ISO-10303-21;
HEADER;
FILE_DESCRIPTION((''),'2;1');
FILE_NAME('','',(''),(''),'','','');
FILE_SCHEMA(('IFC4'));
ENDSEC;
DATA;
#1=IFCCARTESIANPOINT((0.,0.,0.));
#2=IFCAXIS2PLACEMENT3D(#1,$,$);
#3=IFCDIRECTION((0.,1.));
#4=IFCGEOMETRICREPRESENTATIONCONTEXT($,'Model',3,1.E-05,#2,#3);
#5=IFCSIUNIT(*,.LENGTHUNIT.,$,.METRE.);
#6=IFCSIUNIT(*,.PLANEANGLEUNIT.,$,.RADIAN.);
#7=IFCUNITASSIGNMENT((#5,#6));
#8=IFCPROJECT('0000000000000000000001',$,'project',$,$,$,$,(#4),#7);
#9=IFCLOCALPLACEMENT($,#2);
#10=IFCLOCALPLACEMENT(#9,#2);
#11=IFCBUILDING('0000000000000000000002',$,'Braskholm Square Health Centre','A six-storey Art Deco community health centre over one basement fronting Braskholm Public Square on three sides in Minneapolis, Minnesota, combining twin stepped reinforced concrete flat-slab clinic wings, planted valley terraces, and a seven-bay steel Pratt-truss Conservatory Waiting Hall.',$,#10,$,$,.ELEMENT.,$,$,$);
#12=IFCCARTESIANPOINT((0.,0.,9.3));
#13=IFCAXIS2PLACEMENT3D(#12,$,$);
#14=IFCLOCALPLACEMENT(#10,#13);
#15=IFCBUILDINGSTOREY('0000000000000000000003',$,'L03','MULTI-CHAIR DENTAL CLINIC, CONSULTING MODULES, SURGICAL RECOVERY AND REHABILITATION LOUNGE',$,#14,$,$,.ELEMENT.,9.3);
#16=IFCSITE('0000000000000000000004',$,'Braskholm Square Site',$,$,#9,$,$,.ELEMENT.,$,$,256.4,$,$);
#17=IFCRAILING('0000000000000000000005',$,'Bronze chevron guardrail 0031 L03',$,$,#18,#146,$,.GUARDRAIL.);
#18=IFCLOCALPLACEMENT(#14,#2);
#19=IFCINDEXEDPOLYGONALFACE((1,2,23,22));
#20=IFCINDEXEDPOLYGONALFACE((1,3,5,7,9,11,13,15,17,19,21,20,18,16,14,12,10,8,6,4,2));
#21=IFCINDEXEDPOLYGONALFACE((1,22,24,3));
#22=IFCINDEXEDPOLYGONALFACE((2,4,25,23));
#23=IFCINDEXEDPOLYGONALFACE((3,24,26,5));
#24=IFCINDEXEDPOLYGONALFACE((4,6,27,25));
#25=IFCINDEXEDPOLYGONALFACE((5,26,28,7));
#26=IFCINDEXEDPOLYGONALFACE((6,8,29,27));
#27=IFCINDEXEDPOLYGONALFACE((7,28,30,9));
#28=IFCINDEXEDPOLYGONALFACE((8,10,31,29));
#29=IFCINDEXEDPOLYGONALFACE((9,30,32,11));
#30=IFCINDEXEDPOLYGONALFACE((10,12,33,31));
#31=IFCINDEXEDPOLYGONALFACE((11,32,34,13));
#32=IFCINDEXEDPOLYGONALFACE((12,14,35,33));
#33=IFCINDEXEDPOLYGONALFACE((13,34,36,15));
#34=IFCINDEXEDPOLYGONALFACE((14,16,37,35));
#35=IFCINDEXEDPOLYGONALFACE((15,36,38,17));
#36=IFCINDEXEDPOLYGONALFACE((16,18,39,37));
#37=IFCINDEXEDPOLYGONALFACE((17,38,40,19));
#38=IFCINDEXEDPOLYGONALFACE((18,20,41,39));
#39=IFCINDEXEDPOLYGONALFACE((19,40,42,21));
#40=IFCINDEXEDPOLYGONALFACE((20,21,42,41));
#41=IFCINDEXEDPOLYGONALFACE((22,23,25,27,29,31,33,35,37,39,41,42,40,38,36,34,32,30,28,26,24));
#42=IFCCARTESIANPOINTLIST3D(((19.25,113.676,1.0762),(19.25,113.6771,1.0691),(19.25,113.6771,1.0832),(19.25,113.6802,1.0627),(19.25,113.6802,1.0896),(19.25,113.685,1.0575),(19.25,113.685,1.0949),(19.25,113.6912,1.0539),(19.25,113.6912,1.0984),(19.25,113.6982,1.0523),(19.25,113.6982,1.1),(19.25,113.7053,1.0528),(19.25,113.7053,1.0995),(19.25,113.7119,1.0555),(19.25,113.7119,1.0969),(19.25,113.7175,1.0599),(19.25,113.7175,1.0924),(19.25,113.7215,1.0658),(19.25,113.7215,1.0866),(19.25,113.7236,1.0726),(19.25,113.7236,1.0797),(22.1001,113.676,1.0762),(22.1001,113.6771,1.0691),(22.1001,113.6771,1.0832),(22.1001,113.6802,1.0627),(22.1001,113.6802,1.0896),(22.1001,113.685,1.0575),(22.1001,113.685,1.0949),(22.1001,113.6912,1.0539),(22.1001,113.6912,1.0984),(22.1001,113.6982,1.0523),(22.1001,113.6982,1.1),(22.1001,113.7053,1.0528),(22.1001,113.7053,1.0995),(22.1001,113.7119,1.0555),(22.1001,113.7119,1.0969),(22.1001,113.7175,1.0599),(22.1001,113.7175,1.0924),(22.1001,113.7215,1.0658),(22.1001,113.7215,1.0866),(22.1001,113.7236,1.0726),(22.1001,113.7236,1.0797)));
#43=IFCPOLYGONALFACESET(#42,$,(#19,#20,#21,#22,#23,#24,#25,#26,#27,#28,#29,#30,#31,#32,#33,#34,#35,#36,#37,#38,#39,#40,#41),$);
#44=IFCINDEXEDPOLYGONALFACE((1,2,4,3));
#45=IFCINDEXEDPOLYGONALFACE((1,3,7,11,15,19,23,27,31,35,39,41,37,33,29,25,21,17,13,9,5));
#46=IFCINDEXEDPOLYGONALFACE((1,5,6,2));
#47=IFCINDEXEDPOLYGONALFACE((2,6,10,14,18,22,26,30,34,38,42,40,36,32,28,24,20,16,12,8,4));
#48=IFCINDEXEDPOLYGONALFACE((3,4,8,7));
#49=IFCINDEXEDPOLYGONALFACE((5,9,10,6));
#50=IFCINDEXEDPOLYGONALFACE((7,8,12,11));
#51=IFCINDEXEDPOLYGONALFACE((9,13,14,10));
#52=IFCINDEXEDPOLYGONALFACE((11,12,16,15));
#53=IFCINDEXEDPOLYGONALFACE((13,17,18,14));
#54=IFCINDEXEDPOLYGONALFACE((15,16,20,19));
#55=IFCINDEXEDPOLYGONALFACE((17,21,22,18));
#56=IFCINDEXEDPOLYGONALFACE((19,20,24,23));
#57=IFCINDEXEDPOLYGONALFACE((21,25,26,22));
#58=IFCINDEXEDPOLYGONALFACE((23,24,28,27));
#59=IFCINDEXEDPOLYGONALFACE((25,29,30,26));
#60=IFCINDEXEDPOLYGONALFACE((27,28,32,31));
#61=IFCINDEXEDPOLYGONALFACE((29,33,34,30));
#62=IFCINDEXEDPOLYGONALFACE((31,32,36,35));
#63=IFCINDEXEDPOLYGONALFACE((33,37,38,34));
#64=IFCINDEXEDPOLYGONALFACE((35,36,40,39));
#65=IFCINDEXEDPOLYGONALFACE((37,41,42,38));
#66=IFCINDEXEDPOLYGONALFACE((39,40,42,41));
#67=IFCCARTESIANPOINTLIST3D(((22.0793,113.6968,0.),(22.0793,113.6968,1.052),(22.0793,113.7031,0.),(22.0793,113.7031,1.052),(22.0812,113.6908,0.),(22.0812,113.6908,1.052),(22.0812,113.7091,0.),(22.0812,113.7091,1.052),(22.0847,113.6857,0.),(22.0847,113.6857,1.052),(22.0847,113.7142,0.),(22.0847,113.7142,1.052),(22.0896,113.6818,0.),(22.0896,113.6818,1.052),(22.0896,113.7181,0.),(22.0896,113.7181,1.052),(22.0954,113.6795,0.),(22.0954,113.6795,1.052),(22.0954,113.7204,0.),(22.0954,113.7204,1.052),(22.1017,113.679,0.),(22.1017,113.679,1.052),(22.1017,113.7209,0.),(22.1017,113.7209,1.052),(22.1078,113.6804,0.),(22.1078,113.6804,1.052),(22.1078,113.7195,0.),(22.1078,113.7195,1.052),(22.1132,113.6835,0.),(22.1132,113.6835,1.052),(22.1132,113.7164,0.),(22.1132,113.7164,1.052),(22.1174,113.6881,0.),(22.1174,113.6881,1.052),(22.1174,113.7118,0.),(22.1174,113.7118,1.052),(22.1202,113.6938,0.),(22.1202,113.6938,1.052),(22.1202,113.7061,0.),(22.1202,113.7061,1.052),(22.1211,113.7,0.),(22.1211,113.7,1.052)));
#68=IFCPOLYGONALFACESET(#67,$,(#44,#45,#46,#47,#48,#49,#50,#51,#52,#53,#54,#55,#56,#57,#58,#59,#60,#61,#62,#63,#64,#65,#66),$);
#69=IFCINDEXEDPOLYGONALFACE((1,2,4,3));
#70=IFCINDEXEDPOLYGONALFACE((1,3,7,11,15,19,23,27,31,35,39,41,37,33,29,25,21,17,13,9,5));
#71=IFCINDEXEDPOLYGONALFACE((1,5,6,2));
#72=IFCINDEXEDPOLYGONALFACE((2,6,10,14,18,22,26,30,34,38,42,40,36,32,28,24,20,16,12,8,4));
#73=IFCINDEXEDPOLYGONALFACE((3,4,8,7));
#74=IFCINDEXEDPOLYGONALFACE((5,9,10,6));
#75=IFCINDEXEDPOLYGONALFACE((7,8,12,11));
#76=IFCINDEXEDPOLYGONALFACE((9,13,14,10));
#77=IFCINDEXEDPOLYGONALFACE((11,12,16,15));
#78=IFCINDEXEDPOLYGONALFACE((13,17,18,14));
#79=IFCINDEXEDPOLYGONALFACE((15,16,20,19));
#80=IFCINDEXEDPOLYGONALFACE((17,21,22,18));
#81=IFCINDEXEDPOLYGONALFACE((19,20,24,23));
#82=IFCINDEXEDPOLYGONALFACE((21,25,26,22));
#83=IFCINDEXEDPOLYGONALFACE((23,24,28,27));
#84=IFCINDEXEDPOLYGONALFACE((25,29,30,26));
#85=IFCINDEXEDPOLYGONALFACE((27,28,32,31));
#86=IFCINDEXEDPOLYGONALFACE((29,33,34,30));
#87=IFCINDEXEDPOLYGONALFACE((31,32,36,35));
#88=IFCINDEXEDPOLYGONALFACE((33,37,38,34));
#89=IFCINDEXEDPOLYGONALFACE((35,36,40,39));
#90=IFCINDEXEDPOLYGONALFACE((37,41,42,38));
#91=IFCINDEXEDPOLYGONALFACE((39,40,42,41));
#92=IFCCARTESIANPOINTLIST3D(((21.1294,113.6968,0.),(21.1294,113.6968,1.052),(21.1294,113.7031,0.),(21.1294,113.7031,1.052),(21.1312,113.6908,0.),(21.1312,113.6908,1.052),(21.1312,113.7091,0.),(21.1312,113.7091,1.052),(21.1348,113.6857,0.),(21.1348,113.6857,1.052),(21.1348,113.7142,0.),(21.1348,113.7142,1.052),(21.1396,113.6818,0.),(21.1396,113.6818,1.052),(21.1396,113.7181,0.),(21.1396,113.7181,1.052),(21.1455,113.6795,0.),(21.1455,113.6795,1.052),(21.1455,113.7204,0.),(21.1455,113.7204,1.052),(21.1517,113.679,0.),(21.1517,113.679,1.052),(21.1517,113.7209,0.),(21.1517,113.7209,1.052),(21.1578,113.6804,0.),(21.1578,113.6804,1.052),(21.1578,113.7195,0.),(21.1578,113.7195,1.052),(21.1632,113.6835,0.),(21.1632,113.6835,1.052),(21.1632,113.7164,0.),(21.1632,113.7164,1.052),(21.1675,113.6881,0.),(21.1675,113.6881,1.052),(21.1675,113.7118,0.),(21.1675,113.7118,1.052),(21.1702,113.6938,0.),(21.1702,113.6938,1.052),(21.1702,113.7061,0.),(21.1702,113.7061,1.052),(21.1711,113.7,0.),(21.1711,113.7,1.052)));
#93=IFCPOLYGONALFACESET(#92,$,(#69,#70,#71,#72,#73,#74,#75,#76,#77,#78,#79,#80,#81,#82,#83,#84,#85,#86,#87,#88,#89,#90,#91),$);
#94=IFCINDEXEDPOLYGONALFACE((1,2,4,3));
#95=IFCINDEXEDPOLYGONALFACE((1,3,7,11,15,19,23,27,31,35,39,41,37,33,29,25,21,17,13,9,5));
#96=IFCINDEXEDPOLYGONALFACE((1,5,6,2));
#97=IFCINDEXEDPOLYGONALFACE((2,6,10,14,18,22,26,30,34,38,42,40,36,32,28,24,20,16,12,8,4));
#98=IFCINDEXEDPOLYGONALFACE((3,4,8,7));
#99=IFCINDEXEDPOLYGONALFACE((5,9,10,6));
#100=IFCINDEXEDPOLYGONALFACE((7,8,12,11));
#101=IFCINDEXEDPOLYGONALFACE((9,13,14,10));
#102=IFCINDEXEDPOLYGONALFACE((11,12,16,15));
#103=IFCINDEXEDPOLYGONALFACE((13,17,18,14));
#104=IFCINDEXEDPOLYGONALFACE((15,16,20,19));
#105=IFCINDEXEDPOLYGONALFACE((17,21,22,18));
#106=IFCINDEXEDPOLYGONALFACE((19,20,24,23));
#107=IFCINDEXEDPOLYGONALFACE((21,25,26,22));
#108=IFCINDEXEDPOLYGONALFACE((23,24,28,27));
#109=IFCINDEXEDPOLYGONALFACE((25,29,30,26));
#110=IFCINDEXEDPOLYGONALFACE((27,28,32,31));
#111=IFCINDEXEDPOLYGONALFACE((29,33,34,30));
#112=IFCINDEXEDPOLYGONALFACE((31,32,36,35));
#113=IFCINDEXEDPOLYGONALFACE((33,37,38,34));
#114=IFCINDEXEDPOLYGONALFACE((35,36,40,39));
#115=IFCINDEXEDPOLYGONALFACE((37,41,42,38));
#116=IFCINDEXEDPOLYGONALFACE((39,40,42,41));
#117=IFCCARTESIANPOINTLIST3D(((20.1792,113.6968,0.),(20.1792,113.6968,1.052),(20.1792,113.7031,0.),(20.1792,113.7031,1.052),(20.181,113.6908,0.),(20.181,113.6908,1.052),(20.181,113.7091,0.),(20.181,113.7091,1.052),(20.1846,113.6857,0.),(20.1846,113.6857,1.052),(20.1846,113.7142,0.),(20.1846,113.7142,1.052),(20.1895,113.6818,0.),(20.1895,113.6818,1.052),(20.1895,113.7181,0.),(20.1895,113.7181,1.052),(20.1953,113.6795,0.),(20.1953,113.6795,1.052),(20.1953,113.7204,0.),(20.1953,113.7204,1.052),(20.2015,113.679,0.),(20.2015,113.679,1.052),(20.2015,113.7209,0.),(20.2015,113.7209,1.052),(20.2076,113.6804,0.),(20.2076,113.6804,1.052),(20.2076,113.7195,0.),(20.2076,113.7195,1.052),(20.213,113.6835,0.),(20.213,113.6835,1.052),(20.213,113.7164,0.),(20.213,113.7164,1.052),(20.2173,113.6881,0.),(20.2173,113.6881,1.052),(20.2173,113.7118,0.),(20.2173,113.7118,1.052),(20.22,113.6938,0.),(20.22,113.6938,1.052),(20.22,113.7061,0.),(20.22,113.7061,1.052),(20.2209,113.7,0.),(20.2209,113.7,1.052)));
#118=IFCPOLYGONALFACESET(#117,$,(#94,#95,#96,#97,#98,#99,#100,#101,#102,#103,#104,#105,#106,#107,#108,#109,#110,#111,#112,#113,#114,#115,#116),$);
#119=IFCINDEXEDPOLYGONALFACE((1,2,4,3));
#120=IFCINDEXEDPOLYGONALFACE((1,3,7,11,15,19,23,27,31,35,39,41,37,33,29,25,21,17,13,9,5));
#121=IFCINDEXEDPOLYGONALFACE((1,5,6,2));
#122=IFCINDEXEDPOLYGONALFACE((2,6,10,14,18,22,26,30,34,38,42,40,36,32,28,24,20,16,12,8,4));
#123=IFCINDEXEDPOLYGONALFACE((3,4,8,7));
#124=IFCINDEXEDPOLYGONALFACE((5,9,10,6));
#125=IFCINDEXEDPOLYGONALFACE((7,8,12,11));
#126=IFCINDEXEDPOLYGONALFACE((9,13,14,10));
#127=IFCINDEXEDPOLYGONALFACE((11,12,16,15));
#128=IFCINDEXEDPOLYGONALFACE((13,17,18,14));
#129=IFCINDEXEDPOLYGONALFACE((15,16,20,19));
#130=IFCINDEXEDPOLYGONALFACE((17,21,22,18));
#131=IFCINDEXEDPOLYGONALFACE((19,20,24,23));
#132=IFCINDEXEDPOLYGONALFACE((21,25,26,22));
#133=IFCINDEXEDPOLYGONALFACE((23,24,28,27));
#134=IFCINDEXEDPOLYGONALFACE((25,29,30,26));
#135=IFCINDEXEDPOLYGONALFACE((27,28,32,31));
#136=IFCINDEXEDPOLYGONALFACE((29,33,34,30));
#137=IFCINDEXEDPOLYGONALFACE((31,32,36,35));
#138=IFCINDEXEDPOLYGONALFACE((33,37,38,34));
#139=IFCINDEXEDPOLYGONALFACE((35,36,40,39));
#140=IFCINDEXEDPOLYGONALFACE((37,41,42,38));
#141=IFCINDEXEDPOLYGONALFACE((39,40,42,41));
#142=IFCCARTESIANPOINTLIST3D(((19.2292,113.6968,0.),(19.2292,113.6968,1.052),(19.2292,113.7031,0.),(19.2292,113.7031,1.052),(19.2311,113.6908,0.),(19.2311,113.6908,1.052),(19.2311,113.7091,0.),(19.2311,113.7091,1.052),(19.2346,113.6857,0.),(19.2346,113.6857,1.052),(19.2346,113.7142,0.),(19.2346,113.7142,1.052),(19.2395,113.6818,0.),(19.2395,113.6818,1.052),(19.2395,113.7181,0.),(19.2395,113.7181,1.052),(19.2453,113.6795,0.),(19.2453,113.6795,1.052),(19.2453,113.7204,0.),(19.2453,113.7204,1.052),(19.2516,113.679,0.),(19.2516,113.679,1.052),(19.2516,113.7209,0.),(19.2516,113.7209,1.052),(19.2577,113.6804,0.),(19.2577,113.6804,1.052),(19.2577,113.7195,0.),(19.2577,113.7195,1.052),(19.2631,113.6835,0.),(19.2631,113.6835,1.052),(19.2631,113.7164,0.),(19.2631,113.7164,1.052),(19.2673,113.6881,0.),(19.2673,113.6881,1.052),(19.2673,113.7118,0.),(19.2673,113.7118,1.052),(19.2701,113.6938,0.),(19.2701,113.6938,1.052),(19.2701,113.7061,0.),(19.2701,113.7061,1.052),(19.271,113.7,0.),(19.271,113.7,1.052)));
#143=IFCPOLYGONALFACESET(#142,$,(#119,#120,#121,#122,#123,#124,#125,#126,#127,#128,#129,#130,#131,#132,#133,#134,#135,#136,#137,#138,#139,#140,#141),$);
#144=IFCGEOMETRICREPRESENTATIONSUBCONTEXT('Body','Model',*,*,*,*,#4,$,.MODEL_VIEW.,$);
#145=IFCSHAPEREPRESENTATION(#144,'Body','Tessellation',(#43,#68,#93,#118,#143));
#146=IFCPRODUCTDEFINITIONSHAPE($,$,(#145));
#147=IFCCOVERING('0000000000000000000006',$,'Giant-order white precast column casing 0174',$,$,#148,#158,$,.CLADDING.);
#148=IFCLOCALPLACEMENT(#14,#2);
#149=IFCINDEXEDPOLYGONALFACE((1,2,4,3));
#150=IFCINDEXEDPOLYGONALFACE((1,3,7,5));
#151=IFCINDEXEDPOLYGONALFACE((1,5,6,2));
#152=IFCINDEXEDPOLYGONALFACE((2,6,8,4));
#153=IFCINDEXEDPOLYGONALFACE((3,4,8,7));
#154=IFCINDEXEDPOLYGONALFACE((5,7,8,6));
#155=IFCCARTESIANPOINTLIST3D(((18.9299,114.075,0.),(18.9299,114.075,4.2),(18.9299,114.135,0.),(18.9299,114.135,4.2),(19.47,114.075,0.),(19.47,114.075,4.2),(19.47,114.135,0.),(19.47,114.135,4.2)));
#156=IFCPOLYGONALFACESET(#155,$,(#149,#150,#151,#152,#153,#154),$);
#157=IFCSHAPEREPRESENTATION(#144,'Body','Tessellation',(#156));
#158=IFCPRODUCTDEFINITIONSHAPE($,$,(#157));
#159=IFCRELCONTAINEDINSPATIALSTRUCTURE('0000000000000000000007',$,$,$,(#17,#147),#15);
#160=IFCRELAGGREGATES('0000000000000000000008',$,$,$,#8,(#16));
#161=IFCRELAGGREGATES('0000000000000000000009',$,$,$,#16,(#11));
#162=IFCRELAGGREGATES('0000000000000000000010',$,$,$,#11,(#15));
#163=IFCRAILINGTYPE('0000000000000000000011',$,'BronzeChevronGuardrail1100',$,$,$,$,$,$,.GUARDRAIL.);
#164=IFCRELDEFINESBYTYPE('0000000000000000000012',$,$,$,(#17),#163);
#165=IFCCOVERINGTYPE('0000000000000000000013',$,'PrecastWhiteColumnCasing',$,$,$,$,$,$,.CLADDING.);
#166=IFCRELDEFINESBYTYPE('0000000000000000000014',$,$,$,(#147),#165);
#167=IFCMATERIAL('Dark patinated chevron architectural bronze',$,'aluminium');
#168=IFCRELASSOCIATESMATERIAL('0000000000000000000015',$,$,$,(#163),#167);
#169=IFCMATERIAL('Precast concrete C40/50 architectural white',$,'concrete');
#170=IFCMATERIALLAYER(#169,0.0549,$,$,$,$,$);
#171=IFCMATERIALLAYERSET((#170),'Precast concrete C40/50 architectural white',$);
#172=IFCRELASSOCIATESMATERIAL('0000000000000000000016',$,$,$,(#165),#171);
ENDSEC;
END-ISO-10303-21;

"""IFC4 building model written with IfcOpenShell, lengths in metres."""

from ifc_helpers import new_model, si_unit, direction, frame, origin, origin_2d, place, context, subcontext, project, spatial, rectangle, circle, extrude, material, layer, layer_set, type_object, element, save


model = new_model("IFC4")

# Units and contexts
model_context = context("Model", 3, precision=1e-05, world=origin(), true_north=direction((0.0, 1.0)))
body_context = subcontext(model_context, "Body", "Model", "MODEL_VIEW")
ifc_project = project(units=[si_unit("LENGTHUNIT", "METRE"), si_unit("PLANEANGLEUNIT", "RADIAN")], contexts=[model_context])

# Site, building, storey
site_placement = place(None, origin())
site = spatial("IfcSite", under=ifc_project, at=site_placement, Name="Braskholm Square Site", CompositionType="ELEMENT", RefElevation=256.4)
building_placement = place(site_placement, origin())
building = spatial("IfcBuilding", under=site, at=building_placement, Name="Braskholm Square Health Centre", Description="A six-storey Art Deco community health centre over one basement fronting Braskholm Public Square on three sides in Minneapolis, Minnesota, combining twin stepped reinforced concrete flat-slab clinic wings, planted valley terraces, and a seven-bay steel Pratt-truss Conservatory Waiting Hall.", CompositionType="ELEMENT")
storey_placement = place(building_placement, frame((0.0, 0.0, 9.3)))
storey = spatial("IfcBuildingStorey", under=building, at=storey_placement, Name="L03", Description="MULTI-CHAIR DENTAL CLINIC, CONSULTING MODULES, SURGICAL RECOVERY AND REHABILITATION LOUNGE", CompositionType="ELEMENT", Elevation=9.3)

# Shared definitions
ifc_material_1 = material(Name="Precast concrete C40/50 architectural white", Category="concrete")

# Railing
ifc_material_2 = material(Name="Dark patinated chevron architectural bronze", Category="aluminium")
railing_type = type_object("IfcRailingType", Name="BronzeChevronGuardrail1100", PredefinedType="GUARDRAIL", material=ifc_material_2)
railing_placement = place(storey_placement, frame((22.1001, 113.7, 0.0)))
element("IfcRailing", 1, at=railing_placement, inside=storey, type_object=railing_type, Name="Bronze chevron guardrail 0031 L03", PredefinedType="GUARDRAIL", context=body_context, shape_type="SweptSolid", body=[
    extrude(circle(Radius=0.0239, at=origin_2d()), frame((0.0, 0.0, 1.0762), z_axis=(-1.0, 0.0, 0.0), x_axis=(0.0, -1.0, 0.0)), (0.0, 0.0, 1.0), 2.8501),
    extrude(circle(Radius=0.021, at=origin_2d()), origin(), (0.0, 0.0, 1.0), 1.052),
    extrude(circle(Radius=0.021, at=origin_2d()), frame((-0.95, 0.0, 0.0)), (0.0, 0.0, 1.0), 1.052),
    extrude(circle(Radius=0.021, at=origin_2d()), frame((-1.9001, 0.0, 0.0)), (0.0, 0.0, 1.0), 1.052),
    extrude(circle(Radius=0.021, at=origin_2d()), frame((-2.8501, 0.0, 0.0)), (0.0, 0.0, 1.0), 1.052),
])

# Covering
ifc_layer_1 = layer(ifc_material_1, 0.0549)
ifc_layer_set_1 = layer_set([ifc_layer_1], Name="Precast concrete C40/50 architectural white")
covering_type = type_object("IfcCoveringType", Name="PrecastWhiteColumnCasing", PredefinedType="CLADDING", material=ifc_layer_set_1)
covering_placement = place(storey_placement, frame((19.2, 114.105, 0.0), z_axis=(0.0, 0.0, 1.0), x_axis=(1.0, 0.0, 0.0)))
element("IfcCovering", 2, at=covering_placement, inside=storey, type_object=covering_type, Name="Giant-order white precast column casing 0174", PredefinedType="CLADDING", context=body_context, shape_type="SweptSolid", body=[
    extrude(rectangle(XDim=0.54, YDim=0.0601, at=origin_2d()), origin(), (0.0, 0.0, 1.0), 4.2),
])

save(model, "model.ifc")
